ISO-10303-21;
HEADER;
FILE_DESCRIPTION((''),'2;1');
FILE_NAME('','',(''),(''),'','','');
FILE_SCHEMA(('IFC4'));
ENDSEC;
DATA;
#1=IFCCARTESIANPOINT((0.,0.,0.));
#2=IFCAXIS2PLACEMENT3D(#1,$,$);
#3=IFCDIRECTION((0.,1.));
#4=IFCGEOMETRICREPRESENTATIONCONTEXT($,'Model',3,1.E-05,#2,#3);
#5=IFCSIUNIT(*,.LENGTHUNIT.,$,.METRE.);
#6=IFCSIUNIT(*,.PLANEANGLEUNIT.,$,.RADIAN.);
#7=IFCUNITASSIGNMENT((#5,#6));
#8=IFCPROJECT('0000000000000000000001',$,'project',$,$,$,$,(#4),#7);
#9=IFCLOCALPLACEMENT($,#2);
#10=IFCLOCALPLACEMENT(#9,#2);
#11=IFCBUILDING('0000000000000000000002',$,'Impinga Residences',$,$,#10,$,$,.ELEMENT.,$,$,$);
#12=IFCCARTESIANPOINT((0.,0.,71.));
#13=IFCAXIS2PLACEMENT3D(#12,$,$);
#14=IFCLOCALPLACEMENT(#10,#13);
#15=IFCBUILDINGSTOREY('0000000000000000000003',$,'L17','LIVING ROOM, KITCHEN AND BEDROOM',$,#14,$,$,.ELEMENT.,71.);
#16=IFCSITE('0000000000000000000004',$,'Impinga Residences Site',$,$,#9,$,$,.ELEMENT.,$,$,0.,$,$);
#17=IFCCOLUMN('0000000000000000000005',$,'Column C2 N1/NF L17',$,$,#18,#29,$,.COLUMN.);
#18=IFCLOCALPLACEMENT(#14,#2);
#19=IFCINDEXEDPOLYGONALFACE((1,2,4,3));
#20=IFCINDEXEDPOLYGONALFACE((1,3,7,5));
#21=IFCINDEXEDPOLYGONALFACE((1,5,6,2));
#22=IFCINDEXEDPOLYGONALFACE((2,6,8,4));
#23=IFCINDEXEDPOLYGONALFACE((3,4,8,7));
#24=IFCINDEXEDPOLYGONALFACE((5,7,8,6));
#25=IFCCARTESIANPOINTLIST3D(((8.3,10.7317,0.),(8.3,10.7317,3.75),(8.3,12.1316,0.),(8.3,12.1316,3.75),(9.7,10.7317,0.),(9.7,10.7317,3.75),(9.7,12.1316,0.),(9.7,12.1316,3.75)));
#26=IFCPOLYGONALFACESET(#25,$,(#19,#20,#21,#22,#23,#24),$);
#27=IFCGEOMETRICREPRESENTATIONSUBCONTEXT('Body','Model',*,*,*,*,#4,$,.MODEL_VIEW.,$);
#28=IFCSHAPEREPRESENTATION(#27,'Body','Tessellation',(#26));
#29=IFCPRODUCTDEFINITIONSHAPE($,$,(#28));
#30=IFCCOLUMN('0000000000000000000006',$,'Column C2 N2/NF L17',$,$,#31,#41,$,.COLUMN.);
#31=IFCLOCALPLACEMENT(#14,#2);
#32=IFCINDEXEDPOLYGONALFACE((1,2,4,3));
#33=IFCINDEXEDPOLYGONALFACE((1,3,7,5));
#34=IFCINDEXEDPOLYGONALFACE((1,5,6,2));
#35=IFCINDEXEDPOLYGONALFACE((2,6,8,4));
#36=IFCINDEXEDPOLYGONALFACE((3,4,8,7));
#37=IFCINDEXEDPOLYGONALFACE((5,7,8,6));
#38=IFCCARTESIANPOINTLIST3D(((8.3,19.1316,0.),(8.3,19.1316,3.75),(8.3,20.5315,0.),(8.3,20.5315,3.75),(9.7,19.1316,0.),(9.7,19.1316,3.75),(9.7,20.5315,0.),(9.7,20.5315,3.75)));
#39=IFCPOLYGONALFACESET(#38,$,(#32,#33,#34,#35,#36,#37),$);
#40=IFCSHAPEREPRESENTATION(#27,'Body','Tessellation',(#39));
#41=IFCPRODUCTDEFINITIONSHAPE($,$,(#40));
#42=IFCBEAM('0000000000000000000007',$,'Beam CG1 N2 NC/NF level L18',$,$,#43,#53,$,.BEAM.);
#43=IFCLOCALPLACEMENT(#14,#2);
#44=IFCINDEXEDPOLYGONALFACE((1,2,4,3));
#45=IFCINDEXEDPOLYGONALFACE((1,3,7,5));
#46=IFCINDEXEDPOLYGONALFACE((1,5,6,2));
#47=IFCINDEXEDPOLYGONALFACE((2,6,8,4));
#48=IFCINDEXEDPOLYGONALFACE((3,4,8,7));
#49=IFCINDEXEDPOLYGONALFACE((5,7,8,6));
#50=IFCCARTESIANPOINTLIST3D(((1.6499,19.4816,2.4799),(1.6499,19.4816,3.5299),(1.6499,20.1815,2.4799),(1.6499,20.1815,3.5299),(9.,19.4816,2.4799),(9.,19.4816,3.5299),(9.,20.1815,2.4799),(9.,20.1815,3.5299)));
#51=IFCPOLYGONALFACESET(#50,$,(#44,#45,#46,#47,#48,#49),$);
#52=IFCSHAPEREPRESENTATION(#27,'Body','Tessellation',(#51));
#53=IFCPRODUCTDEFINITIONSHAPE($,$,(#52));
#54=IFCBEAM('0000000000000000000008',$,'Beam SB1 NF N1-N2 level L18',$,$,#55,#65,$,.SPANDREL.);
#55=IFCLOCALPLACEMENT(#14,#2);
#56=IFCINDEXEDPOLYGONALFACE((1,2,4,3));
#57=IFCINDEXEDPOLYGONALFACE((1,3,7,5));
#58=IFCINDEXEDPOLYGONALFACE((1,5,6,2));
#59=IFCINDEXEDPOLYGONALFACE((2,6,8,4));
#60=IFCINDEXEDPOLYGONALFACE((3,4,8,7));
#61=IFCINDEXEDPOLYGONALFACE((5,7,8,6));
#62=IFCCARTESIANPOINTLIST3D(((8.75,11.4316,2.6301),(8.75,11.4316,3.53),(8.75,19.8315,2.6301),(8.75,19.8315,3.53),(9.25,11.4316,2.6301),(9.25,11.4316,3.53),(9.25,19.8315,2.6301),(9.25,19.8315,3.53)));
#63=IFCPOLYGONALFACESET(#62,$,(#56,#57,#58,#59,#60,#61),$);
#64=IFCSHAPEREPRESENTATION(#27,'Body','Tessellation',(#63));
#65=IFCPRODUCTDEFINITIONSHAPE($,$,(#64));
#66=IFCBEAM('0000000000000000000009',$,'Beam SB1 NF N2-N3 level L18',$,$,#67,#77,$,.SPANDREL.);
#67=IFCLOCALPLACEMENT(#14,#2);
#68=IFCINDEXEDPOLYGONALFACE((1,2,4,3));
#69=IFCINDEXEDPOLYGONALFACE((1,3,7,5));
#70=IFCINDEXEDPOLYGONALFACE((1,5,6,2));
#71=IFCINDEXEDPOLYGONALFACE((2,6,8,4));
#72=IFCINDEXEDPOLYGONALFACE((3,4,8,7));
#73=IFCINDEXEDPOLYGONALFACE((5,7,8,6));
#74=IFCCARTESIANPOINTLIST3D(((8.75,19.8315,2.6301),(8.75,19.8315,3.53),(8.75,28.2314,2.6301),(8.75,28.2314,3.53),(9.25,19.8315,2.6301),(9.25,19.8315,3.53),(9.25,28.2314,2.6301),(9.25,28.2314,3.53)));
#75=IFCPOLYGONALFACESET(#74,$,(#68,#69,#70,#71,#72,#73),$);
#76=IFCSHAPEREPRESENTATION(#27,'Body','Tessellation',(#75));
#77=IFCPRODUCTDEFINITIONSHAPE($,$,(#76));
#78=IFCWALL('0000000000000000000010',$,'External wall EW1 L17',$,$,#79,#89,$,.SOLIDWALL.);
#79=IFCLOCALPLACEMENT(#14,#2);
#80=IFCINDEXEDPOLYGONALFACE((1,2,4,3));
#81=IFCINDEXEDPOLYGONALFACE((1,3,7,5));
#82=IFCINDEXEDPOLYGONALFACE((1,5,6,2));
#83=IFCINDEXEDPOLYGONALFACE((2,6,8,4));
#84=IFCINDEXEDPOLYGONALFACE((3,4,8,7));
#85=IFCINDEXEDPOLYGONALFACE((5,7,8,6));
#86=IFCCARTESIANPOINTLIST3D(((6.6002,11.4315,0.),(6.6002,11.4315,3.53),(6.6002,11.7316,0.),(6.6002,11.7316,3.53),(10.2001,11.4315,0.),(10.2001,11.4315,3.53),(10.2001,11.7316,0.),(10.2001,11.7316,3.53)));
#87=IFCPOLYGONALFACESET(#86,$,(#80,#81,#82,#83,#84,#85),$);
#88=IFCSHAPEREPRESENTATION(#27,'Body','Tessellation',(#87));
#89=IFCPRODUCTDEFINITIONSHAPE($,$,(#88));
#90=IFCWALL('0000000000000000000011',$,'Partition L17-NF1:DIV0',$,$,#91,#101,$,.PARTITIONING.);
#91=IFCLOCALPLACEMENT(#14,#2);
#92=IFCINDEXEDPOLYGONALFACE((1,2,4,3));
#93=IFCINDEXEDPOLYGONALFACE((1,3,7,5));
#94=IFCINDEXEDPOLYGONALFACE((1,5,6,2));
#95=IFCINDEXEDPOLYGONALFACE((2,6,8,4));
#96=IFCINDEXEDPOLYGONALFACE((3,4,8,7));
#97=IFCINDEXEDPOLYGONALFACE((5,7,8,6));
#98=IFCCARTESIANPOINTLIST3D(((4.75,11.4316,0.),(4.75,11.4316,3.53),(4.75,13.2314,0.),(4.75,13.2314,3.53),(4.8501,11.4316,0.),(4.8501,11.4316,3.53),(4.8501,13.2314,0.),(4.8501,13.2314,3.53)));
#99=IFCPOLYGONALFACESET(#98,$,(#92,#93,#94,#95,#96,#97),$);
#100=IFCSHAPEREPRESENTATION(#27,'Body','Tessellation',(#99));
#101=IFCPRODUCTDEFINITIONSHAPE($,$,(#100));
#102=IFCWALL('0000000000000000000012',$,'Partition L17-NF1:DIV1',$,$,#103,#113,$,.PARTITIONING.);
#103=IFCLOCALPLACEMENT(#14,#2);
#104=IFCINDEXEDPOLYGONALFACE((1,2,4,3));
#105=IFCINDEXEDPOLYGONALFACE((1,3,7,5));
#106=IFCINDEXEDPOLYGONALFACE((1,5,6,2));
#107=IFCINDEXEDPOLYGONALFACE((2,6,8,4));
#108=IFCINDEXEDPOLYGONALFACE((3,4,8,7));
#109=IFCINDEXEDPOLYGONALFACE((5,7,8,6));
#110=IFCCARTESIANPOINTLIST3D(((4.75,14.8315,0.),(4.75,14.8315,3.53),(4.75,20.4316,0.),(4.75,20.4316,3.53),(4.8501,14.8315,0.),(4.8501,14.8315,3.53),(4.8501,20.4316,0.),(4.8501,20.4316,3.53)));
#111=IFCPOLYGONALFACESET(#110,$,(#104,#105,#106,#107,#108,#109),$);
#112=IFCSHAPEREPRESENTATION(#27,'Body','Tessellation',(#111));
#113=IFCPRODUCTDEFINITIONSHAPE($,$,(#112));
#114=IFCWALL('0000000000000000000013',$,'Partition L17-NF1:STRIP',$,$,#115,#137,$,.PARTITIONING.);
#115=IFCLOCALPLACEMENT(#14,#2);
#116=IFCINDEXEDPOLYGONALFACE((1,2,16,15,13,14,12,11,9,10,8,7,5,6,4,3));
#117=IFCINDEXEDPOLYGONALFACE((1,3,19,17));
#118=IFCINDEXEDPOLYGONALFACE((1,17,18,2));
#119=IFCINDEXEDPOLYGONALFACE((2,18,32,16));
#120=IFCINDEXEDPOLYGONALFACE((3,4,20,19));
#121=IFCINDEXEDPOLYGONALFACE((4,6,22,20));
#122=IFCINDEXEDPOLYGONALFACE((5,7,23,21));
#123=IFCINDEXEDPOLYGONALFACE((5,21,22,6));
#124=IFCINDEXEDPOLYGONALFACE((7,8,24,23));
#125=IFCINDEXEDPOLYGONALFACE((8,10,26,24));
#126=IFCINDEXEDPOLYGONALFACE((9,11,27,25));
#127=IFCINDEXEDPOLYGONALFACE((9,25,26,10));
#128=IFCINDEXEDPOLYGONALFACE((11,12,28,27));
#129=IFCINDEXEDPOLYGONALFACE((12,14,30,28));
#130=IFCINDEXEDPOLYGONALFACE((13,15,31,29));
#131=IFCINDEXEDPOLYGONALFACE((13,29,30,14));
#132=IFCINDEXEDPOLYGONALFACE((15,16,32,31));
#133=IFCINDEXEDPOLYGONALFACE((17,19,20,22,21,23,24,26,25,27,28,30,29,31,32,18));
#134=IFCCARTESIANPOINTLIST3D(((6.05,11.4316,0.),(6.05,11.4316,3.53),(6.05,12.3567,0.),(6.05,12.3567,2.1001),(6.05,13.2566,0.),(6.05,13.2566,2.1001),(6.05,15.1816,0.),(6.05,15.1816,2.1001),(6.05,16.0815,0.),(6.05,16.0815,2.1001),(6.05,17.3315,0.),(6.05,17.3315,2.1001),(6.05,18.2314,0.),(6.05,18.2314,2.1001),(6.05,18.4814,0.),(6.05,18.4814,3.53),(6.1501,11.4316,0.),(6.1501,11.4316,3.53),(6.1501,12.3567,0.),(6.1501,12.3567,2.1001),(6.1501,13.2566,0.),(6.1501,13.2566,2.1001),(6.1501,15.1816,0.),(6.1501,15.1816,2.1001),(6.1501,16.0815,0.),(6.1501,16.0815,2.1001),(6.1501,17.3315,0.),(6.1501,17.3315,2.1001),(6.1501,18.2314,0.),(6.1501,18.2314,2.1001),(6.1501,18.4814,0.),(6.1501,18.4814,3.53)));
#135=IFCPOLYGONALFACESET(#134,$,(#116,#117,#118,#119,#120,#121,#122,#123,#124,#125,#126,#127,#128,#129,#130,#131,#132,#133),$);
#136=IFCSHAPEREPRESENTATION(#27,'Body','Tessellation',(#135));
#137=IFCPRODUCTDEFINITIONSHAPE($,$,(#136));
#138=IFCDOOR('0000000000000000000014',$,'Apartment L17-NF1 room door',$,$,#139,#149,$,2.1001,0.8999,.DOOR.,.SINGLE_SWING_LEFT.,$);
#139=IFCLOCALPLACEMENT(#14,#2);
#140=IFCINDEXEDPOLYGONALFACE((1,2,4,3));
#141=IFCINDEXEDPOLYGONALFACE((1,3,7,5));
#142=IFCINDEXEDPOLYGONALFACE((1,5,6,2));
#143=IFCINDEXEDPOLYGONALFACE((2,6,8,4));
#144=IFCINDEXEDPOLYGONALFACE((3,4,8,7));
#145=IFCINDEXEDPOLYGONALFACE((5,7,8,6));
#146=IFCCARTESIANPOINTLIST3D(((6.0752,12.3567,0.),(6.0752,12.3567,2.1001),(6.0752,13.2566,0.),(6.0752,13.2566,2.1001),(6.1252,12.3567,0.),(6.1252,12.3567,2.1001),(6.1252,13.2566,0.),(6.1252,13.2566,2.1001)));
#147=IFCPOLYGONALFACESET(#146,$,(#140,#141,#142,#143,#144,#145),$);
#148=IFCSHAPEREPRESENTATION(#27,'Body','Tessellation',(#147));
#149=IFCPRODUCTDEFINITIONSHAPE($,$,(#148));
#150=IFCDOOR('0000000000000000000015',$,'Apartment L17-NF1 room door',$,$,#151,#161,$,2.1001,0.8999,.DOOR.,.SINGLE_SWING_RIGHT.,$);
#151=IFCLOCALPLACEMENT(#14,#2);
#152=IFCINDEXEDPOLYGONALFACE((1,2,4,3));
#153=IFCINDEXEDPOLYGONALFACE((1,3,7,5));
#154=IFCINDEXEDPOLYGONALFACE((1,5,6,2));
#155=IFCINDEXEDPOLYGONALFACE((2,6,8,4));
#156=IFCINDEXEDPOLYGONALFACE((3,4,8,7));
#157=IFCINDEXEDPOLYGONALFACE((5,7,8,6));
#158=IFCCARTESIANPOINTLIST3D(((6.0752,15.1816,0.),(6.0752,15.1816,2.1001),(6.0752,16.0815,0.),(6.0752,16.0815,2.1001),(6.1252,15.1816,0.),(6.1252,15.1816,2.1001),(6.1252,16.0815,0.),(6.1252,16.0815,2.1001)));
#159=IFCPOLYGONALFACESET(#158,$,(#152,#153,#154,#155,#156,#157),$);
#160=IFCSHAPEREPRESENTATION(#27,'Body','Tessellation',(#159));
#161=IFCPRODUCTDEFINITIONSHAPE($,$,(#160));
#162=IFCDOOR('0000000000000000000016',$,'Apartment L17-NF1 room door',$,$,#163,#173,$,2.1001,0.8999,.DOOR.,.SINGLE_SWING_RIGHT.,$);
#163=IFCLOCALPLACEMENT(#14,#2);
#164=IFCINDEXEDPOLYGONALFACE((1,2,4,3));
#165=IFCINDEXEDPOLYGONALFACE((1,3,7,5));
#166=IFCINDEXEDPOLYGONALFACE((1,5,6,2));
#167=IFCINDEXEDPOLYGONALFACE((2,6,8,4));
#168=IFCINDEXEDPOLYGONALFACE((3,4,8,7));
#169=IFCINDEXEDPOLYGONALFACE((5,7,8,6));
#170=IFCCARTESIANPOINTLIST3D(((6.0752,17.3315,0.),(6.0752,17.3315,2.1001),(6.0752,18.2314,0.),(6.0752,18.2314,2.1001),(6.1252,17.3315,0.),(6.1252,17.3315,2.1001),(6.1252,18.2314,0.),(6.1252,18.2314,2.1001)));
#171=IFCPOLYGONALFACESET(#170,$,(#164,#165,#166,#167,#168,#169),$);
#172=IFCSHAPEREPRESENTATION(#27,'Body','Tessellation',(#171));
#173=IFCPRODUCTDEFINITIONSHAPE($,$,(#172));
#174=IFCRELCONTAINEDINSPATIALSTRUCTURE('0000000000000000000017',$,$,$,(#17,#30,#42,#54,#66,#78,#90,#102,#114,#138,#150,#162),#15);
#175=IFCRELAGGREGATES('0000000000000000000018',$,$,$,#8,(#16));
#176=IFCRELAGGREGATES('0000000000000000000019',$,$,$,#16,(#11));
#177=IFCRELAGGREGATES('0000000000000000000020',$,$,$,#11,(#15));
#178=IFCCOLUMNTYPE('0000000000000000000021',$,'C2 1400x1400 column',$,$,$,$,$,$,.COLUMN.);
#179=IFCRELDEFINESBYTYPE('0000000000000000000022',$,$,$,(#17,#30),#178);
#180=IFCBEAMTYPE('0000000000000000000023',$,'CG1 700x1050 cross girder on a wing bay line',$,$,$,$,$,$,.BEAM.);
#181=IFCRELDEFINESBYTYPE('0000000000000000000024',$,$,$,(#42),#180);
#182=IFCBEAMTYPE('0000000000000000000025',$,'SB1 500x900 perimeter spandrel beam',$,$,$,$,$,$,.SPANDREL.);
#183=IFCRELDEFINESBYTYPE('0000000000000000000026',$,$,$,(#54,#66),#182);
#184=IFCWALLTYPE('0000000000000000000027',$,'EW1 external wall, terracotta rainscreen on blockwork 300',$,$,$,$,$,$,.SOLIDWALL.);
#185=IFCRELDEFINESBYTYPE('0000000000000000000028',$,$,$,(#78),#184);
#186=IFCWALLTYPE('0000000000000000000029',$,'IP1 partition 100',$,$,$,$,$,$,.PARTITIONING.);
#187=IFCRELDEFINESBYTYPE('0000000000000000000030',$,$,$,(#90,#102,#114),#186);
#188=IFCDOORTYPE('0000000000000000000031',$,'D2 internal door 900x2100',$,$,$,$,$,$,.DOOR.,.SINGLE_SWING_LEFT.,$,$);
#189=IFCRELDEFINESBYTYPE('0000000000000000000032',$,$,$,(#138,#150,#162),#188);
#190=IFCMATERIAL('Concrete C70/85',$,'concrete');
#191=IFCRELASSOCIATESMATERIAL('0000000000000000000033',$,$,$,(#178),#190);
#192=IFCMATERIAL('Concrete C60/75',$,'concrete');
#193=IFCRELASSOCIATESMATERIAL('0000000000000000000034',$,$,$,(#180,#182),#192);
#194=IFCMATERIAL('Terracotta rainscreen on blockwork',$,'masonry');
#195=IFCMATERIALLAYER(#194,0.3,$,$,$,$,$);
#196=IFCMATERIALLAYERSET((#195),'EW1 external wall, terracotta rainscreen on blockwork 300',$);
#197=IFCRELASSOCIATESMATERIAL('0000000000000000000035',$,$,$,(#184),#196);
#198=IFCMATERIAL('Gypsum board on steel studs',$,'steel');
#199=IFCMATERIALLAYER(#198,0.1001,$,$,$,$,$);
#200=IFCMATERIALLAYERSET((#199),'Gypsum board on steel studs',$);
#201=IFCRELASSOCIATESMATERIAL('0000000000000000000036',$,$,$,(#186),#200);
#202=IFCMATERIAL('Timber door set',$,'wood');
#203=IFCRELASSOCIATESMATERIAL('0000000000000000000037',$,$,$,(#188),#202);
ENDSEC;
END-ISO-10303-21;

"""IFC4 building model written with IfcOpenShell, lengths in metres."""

from ifc_helpers import new_model, si_unit, direction, frame, frame_2d, origin, origin_2d, place, context, subcontext, project, spatial, rectangle, extrude, material, layer, layer_set, material_profile, profile_set, type_object, element, fill, save


model = new_model("IFC4")

# Units and contexts
model_context = context("Model", 3, precision=1e-05, world=origin(), true_north=direction((0.0, 1.0)))
body_context = subcontext(model_context, "Body", "Model", "MODEL_VIEW")
ifc_project = project(units=[si_unit("LENGTHUNIT", "METRE"), si_unit("PLANEANGLEUNIT", "RADIAN")], contexts=[model_context])

# Site, building, storey
site_placement = place(None, origin())
site = spatial("IfcSite", under=ifc_project, at=site_placement, Name="Impinga Residences Site", CompositionType="ELEMENT", RefElevation=0.0)
building_placement = place(site_placement, origin())
building = spatial("IfcBuilding", under=site, at=building_placement, Name="Impinga Residences", CompositionType="ELEMENT")
storey_placement = place(building_placement, frame((0.0, 0.0, 71.0)))
storey = spatial("IfcBuildingStorey", under=building, at=storey_placement, Name="L17", Description="LIVING ROOM, KITCHEN AND BEDROOM", CompositionType="ELEMENT", Elevation=71.0)

# Columns
ifc_material_1 = material(Name="Concrete C70/85", Category="concrete")
ifc_material_profile_1 = material_profile(ifc_material_1, rectangle(XDim=1.3999, YDim=1.3999, at=origin_2d()), Name="RC 1400x1400")
ifc_profile_set_1 = profile_set([ifc_material_profile_1], Name="Concrete C70/85")
column_type = type_object("IfcColumnType", Name="C2 1400x1400 column", PredefinedType="COLUMN", material=ifc_profile_set_1)
for number, where, z_axis, x_axis, name in (
    (1, (9.0, 11.4316, 0.0), (0.0, 0.0, 1.0), (1.0, 0.0, 0.0), "Column C2 N1/NF L17"),
    (2, (9.0, 19.8315, 0.0), (0.0, 0.0, 1.0), (1.0, 0.0, 0.0), "Column C2 N2/NF L17"),
):
    element("IfcColumn", number, at=place(storey_placement, frame(where, z_axis=z_axis, x_axis=x_axis)), inside=storey, type_object=column_type, Name=name, PredefinedType="COLUMN", context=body_context, shape_type="SweptSolid", body=[
        extrude(rectangle(XDim=1.3999, YDim=1.3999, at=origin_2d()), origin(), (0.0, 0.0, 1.0), 3.75),
    ])

# Beams
ifc_material_2 = material(Name="Concrete C60/75", Category="concrete")
ifc_material_profile_2 = material_profile(ifc_material_2, rectangle(XDim=0.7, YDim=1.05, at=origin_2d()), Name="RC 700x1050")
ifc_profile_set_2 = profile_set([ifc_material_profile_2], Name="Concrete C60/75")
beam_type_1 = type_object("IfcBeamType", Name="CG1 700x1050 cross girder on a wing bay line", PredefinedType="BEAM", material=ifc_profile_set_2)
beam_placement = place(storey_placement, frame((1.6499, 19.8315, 3.0049), z_axis=(1.0, 0.0, 0.0), x_axis=(0.0, 1.0, 0.0)))
element("IfcBeam", 3, at=beam_placement, inside=storey, type_object=beam_type_1, Name="Beam CG1 N2 NC/NF level L18", PredefinedType="BEAM", context=body_context, shape_type="SweptSolid", body=[
    extrude(rectangle(XDim=0.7, YDim=1.05, at=origin_2d()), origin(), (0.0, 0.0, 1.0), 7.3501),
])
ifc_material_profile_3 = material_profile(ifc_material_2, rectangle(XDim=0.5, YDim=0.8999, at=origin_2d()), Name="RC 500x900")
ifc_profile_set_3 = profile_set([ifc_material_profile_3], Name="Concrete C60/75")
beam_type_2 = type_object("IfcBeamType", Name="SB1 500x900 perimeter spandrel beam", PredefinedType="SPANDREL", material=ifc_profile_set_3)
for number, where, z_axis, x_axis, name in (
    (4, (9.0, 11.4316, 3.0801), (0.0, 1.0, 0.0), (-1.0, 0.0, 0.0), "Beam SB1 NF N1-N2 level L18"),
    (5, (9.0, 19.8315, 3.0801), (0.0, 1.0, 0.0), (-1.0, 0.0, 0.0), "Beam SB1 NF N2-N3 level L18"),
):
    element("IfcBeam", number, at=place(storey_placement, frame(where, z_axis=z_axis, x_axis=x_axis)), inside=storey, type_object=beam_type_2, Name=name, PredefinedType="SPANDREL", context=body_context, shape_type="SweptSolid", body=[
        extrude(rectangle(XDim=0.5, YDim=0.8999, at=origin_2d()), origin(), (0.0, 0.0, 1.0), 8.3999),
    ])

# Walls
ifc_material_3 = material(Name="Terracotta rainscreen on blockwork", Category="masonry")
ifc_layer_1 = layer(ifc_material_3, 0.3)
ifc_layer_set_1 = layer_set([ifc_layer_1], Name="EW1 external wall, terracotta rainscreen on blockwork 300")
wall_type_1 = type_object("IfcWallType", Name="EW1 external wall, terracotta rainscreen on blockwork 300", PredefinedType="SOLIDWALL", material=ifc_layer_set_1)
wall_1_placement = place(storey_placement, frame((10.2, 11.5815, 0.0), z_axis=(0.0, 0.0, 1.0), x_axis=(-1.0, 0.0, 0.0)))
element("IfcWall", 6, at=wall_1_placement, inside=storey, type_object=wall_type_1, Name="External wall EW1 L17", PredefinedType="SOLIDWALL", context=body_context, shape_type="SweptSolid", body=[
    extrude(rectangle(XDim=3.5999, YDim=0.3, at=frame_2d((1.7998, 0.0))), origin(), (0.0, 0.0, 1.0), 3.53),
])
ifc_material_4 = material(Name="Gypsum board on steel studs", Category="steel")
ifc_layer_2 = layer(ifc_material_4, 0.1001)
ifc_layer_set_2 = layer_set([ifc_layer_2], Name="Gypsum board on steel studs")
wall_type_2 = type_object("IfcWallType", Name="IP1 partition 100", PredefinedType="PARTITIONING", material=ifc_layer_set_2)
wall_2_placement = place(storey_placement, frame((4.8, 11.4316, 0.0), z_axis=(0.0, 0.0, 1.0), x_axis=(0.0, 1.0, 0.0)))
element("IfcWall", 7, at=wall_2_placement, inside=storey, type_object=wall_type_2, Name="Partition L17-NF1:DIV0", PredefinedType="PARTITIONING", context=body_context, shape_type="SweptSolid", body=[
    extrude(rectangle(XDim=1.7998, YDim=0.1001, at=frame_2d((0.8999, 0.0))), origin(), (0.0, 0.0, 1.0), 3.53),
])
wall_3_placement = place(storey_placement, frame((4.8, 14.8315, 0.0), z_axis=(0.0, 0.0, 1.0), x_axis=(0.0, 1.0, 0.0)))
element("IfcWall", 8, at=wall_3_placement, inside=storey, type_object=wall_type_2, Name="Partition L17-NF1:DIV1", PredefinedType="PARTITIONING", context=body_context, shape_type="SweptSolid", body=[
    extrude(rectangle(XDim=5.6001, YDim=0.1001, at=frame_2d((2.8, 0.0))), origin(), (0.0, 0.0, 1.0), 3.53),
])

# Wall, openings, doors
wall_4_placement = place(storey_placement, frame((6.1001, 11.4316, 0.0), z_axis=(0.0, 0.0, 1.0), x_axis=(0.0, 1.0, 0.0)))
wall_4 = element("IfcWall", 9, at=wall_4_placement, inside=storey, type_object=wall_type_2, Name="Partition L17-NF1:STRIP", PredefinedType="PARTITIONING", context=body_context, shape_type="SweptSolid", body=[
    extrude(rectangle(XDim=7.0498, YDim=0.1001, at=frame_2d((3.5249, 0.0))), origin(), (0.0, 0.0, 1.0), 3.53),
])
opening_1_placement = place(wall_4_placement, frame((0.925, 0.0, 0.0)))
opening_1 = element("IfcOpeningElement", 10, at=opening_1_placement, cuts=wall_4, PredefinedType="OPENING", context=body_context, shape_type="SweptSolid", body=[
    extrude(rectangle(XDim=0.8999, YDim=2.1001, at=frame_2d((0.45, 1.05))), frame((0.0, 0.0601, 0.0), z_axis=(0.0, -1.0, 0.0), x_axis=(1.0, 0.0, 0.0)), (0.0, 0.0, 1.0), 0.1201),
])
opening_2_placement = place(wall_4_placement, frame((3.75, 0.0, 0.0)))
opening_2 = element("IfcOpeningElement", 11, at=opening_2_placement, cuts=wall_4, PredefinedType="OPENING", context=body_context, shape_type="SweptSolid", body=[
    extrude(rectangle(XDim=0.8999, YDim=2.1001, at=frame_2d((0.45, 1.05))), frame((0.0, 0.0601, 0.0), z_axis=(0.0, -1.0, 0.0), x_axis=(1.0, 0.0, 0.0)), (0.0, 0.0, 1.0), 0.1201),
])
opening_3_placement = place(wall_4_placement, frame((5.8999, 0.0, 0.0)))
opening_3 = element("IfcOpeningElement", 12, at=opening_3_placement, cuts=wall_4, PredefinedType="OPENING", context=body_context, shape_type="SweptSolid", body=[
    extrude(rectangle(XDim=0.8999, YDim=2.1001, at=frame_2d((0.45, 1.05))), frame((0.0, 0.0601, 0.0), z_axis=(0.0, -1.0, 0.0), x_axis=(1.0, 0.0, 0.0)), (0.0, 0.0, 1.0), 0.1201),
])
ifc_material_5 = material(Name="Timber door set", Category="wood")
door_type = type_object("IfcDoorType", Name="D2 internal door 900x2100", OperationType="SINGLE_SWING_LEFT", PredefinedType="DOOR", material=ifc_material_5)
door_1_placement = place(opening_1_placement, origin())
door_1 = element("IfcDoor", 13, at=door_1_placement, inside=storey, type_object=door_type, Name="Apartment L17-NF1 room door", OperationType="SINGLE_SWING_LEFT", OverallHeight=2.1001, OverallWidth=0.8999, PredefinedType="DOOR", context=body_context, shape_type="SweptSolid", body=[
    extrude(rectangle(XDim=0.8999, YDim=2.1001, at=frame_2d((0.45, 1.05))), frame((0.0, 0.0249, 0.0), z_axis=(0.0, -1.0, 0.0), x_axis=(1.0, 0.0, 0.0)), (0.0, 0.0, 1.0), 0.05),
])
fill(opening_1, door_1)
door_2_placement = place(opening_2_placement, origin())
door_2 = element("IfcDoor", 14, at=door_2_placement, inside=storey, type_object=door_type, Name="Apartment L17-NF1 room door", OperationType="SINGLE_SWING_RIGHT", OverallHeight=2.1001, OverallWidth=0.8999, PredefinedType="DOOR", context=body_context, shape_type="SweptSolid", body=[
    extrude(rectangle(XDim=0.8999, YDim=2.1001, at=frame_2d((0.45, 1.05))), frame((0.0, 0.0249, 0.0), z_axis=(0.0, -1.0, 0.0), x_axis=(1.0, 0.0, 0.0)), (0.0, 0.0, 1.0), 0.05),
])
fill(opening_2, door_2)
door_3_placement = place(opening_3_placement, origin())
door_3 = element("IfcDoor", 15, at=door_3_placement, inside=storey, type_object=door_type, Name="Apartment L17-NF1 room door", OperationType="SINGLE_SWING_RIGHT", OverallHeight=2.1001, OverallWidth=0.8999, PredefinedType="DOOR", context=body_context, shape_type="SweptSolid", body=[
    extrude(rectangle(XDim=0.8999, YDim=2.1001, at=frame_2d((0.45, 1.05))), frame((0.0, 0.0249, 0.0), z_axis=(0.0, -1.0, 0.0), x_axis=(1.0, 0.0, 0.0)), (0.0, 0.0, 1.0), 0.05),
])
fill(opening_3, door_3)

save(model, "model.ifc")
